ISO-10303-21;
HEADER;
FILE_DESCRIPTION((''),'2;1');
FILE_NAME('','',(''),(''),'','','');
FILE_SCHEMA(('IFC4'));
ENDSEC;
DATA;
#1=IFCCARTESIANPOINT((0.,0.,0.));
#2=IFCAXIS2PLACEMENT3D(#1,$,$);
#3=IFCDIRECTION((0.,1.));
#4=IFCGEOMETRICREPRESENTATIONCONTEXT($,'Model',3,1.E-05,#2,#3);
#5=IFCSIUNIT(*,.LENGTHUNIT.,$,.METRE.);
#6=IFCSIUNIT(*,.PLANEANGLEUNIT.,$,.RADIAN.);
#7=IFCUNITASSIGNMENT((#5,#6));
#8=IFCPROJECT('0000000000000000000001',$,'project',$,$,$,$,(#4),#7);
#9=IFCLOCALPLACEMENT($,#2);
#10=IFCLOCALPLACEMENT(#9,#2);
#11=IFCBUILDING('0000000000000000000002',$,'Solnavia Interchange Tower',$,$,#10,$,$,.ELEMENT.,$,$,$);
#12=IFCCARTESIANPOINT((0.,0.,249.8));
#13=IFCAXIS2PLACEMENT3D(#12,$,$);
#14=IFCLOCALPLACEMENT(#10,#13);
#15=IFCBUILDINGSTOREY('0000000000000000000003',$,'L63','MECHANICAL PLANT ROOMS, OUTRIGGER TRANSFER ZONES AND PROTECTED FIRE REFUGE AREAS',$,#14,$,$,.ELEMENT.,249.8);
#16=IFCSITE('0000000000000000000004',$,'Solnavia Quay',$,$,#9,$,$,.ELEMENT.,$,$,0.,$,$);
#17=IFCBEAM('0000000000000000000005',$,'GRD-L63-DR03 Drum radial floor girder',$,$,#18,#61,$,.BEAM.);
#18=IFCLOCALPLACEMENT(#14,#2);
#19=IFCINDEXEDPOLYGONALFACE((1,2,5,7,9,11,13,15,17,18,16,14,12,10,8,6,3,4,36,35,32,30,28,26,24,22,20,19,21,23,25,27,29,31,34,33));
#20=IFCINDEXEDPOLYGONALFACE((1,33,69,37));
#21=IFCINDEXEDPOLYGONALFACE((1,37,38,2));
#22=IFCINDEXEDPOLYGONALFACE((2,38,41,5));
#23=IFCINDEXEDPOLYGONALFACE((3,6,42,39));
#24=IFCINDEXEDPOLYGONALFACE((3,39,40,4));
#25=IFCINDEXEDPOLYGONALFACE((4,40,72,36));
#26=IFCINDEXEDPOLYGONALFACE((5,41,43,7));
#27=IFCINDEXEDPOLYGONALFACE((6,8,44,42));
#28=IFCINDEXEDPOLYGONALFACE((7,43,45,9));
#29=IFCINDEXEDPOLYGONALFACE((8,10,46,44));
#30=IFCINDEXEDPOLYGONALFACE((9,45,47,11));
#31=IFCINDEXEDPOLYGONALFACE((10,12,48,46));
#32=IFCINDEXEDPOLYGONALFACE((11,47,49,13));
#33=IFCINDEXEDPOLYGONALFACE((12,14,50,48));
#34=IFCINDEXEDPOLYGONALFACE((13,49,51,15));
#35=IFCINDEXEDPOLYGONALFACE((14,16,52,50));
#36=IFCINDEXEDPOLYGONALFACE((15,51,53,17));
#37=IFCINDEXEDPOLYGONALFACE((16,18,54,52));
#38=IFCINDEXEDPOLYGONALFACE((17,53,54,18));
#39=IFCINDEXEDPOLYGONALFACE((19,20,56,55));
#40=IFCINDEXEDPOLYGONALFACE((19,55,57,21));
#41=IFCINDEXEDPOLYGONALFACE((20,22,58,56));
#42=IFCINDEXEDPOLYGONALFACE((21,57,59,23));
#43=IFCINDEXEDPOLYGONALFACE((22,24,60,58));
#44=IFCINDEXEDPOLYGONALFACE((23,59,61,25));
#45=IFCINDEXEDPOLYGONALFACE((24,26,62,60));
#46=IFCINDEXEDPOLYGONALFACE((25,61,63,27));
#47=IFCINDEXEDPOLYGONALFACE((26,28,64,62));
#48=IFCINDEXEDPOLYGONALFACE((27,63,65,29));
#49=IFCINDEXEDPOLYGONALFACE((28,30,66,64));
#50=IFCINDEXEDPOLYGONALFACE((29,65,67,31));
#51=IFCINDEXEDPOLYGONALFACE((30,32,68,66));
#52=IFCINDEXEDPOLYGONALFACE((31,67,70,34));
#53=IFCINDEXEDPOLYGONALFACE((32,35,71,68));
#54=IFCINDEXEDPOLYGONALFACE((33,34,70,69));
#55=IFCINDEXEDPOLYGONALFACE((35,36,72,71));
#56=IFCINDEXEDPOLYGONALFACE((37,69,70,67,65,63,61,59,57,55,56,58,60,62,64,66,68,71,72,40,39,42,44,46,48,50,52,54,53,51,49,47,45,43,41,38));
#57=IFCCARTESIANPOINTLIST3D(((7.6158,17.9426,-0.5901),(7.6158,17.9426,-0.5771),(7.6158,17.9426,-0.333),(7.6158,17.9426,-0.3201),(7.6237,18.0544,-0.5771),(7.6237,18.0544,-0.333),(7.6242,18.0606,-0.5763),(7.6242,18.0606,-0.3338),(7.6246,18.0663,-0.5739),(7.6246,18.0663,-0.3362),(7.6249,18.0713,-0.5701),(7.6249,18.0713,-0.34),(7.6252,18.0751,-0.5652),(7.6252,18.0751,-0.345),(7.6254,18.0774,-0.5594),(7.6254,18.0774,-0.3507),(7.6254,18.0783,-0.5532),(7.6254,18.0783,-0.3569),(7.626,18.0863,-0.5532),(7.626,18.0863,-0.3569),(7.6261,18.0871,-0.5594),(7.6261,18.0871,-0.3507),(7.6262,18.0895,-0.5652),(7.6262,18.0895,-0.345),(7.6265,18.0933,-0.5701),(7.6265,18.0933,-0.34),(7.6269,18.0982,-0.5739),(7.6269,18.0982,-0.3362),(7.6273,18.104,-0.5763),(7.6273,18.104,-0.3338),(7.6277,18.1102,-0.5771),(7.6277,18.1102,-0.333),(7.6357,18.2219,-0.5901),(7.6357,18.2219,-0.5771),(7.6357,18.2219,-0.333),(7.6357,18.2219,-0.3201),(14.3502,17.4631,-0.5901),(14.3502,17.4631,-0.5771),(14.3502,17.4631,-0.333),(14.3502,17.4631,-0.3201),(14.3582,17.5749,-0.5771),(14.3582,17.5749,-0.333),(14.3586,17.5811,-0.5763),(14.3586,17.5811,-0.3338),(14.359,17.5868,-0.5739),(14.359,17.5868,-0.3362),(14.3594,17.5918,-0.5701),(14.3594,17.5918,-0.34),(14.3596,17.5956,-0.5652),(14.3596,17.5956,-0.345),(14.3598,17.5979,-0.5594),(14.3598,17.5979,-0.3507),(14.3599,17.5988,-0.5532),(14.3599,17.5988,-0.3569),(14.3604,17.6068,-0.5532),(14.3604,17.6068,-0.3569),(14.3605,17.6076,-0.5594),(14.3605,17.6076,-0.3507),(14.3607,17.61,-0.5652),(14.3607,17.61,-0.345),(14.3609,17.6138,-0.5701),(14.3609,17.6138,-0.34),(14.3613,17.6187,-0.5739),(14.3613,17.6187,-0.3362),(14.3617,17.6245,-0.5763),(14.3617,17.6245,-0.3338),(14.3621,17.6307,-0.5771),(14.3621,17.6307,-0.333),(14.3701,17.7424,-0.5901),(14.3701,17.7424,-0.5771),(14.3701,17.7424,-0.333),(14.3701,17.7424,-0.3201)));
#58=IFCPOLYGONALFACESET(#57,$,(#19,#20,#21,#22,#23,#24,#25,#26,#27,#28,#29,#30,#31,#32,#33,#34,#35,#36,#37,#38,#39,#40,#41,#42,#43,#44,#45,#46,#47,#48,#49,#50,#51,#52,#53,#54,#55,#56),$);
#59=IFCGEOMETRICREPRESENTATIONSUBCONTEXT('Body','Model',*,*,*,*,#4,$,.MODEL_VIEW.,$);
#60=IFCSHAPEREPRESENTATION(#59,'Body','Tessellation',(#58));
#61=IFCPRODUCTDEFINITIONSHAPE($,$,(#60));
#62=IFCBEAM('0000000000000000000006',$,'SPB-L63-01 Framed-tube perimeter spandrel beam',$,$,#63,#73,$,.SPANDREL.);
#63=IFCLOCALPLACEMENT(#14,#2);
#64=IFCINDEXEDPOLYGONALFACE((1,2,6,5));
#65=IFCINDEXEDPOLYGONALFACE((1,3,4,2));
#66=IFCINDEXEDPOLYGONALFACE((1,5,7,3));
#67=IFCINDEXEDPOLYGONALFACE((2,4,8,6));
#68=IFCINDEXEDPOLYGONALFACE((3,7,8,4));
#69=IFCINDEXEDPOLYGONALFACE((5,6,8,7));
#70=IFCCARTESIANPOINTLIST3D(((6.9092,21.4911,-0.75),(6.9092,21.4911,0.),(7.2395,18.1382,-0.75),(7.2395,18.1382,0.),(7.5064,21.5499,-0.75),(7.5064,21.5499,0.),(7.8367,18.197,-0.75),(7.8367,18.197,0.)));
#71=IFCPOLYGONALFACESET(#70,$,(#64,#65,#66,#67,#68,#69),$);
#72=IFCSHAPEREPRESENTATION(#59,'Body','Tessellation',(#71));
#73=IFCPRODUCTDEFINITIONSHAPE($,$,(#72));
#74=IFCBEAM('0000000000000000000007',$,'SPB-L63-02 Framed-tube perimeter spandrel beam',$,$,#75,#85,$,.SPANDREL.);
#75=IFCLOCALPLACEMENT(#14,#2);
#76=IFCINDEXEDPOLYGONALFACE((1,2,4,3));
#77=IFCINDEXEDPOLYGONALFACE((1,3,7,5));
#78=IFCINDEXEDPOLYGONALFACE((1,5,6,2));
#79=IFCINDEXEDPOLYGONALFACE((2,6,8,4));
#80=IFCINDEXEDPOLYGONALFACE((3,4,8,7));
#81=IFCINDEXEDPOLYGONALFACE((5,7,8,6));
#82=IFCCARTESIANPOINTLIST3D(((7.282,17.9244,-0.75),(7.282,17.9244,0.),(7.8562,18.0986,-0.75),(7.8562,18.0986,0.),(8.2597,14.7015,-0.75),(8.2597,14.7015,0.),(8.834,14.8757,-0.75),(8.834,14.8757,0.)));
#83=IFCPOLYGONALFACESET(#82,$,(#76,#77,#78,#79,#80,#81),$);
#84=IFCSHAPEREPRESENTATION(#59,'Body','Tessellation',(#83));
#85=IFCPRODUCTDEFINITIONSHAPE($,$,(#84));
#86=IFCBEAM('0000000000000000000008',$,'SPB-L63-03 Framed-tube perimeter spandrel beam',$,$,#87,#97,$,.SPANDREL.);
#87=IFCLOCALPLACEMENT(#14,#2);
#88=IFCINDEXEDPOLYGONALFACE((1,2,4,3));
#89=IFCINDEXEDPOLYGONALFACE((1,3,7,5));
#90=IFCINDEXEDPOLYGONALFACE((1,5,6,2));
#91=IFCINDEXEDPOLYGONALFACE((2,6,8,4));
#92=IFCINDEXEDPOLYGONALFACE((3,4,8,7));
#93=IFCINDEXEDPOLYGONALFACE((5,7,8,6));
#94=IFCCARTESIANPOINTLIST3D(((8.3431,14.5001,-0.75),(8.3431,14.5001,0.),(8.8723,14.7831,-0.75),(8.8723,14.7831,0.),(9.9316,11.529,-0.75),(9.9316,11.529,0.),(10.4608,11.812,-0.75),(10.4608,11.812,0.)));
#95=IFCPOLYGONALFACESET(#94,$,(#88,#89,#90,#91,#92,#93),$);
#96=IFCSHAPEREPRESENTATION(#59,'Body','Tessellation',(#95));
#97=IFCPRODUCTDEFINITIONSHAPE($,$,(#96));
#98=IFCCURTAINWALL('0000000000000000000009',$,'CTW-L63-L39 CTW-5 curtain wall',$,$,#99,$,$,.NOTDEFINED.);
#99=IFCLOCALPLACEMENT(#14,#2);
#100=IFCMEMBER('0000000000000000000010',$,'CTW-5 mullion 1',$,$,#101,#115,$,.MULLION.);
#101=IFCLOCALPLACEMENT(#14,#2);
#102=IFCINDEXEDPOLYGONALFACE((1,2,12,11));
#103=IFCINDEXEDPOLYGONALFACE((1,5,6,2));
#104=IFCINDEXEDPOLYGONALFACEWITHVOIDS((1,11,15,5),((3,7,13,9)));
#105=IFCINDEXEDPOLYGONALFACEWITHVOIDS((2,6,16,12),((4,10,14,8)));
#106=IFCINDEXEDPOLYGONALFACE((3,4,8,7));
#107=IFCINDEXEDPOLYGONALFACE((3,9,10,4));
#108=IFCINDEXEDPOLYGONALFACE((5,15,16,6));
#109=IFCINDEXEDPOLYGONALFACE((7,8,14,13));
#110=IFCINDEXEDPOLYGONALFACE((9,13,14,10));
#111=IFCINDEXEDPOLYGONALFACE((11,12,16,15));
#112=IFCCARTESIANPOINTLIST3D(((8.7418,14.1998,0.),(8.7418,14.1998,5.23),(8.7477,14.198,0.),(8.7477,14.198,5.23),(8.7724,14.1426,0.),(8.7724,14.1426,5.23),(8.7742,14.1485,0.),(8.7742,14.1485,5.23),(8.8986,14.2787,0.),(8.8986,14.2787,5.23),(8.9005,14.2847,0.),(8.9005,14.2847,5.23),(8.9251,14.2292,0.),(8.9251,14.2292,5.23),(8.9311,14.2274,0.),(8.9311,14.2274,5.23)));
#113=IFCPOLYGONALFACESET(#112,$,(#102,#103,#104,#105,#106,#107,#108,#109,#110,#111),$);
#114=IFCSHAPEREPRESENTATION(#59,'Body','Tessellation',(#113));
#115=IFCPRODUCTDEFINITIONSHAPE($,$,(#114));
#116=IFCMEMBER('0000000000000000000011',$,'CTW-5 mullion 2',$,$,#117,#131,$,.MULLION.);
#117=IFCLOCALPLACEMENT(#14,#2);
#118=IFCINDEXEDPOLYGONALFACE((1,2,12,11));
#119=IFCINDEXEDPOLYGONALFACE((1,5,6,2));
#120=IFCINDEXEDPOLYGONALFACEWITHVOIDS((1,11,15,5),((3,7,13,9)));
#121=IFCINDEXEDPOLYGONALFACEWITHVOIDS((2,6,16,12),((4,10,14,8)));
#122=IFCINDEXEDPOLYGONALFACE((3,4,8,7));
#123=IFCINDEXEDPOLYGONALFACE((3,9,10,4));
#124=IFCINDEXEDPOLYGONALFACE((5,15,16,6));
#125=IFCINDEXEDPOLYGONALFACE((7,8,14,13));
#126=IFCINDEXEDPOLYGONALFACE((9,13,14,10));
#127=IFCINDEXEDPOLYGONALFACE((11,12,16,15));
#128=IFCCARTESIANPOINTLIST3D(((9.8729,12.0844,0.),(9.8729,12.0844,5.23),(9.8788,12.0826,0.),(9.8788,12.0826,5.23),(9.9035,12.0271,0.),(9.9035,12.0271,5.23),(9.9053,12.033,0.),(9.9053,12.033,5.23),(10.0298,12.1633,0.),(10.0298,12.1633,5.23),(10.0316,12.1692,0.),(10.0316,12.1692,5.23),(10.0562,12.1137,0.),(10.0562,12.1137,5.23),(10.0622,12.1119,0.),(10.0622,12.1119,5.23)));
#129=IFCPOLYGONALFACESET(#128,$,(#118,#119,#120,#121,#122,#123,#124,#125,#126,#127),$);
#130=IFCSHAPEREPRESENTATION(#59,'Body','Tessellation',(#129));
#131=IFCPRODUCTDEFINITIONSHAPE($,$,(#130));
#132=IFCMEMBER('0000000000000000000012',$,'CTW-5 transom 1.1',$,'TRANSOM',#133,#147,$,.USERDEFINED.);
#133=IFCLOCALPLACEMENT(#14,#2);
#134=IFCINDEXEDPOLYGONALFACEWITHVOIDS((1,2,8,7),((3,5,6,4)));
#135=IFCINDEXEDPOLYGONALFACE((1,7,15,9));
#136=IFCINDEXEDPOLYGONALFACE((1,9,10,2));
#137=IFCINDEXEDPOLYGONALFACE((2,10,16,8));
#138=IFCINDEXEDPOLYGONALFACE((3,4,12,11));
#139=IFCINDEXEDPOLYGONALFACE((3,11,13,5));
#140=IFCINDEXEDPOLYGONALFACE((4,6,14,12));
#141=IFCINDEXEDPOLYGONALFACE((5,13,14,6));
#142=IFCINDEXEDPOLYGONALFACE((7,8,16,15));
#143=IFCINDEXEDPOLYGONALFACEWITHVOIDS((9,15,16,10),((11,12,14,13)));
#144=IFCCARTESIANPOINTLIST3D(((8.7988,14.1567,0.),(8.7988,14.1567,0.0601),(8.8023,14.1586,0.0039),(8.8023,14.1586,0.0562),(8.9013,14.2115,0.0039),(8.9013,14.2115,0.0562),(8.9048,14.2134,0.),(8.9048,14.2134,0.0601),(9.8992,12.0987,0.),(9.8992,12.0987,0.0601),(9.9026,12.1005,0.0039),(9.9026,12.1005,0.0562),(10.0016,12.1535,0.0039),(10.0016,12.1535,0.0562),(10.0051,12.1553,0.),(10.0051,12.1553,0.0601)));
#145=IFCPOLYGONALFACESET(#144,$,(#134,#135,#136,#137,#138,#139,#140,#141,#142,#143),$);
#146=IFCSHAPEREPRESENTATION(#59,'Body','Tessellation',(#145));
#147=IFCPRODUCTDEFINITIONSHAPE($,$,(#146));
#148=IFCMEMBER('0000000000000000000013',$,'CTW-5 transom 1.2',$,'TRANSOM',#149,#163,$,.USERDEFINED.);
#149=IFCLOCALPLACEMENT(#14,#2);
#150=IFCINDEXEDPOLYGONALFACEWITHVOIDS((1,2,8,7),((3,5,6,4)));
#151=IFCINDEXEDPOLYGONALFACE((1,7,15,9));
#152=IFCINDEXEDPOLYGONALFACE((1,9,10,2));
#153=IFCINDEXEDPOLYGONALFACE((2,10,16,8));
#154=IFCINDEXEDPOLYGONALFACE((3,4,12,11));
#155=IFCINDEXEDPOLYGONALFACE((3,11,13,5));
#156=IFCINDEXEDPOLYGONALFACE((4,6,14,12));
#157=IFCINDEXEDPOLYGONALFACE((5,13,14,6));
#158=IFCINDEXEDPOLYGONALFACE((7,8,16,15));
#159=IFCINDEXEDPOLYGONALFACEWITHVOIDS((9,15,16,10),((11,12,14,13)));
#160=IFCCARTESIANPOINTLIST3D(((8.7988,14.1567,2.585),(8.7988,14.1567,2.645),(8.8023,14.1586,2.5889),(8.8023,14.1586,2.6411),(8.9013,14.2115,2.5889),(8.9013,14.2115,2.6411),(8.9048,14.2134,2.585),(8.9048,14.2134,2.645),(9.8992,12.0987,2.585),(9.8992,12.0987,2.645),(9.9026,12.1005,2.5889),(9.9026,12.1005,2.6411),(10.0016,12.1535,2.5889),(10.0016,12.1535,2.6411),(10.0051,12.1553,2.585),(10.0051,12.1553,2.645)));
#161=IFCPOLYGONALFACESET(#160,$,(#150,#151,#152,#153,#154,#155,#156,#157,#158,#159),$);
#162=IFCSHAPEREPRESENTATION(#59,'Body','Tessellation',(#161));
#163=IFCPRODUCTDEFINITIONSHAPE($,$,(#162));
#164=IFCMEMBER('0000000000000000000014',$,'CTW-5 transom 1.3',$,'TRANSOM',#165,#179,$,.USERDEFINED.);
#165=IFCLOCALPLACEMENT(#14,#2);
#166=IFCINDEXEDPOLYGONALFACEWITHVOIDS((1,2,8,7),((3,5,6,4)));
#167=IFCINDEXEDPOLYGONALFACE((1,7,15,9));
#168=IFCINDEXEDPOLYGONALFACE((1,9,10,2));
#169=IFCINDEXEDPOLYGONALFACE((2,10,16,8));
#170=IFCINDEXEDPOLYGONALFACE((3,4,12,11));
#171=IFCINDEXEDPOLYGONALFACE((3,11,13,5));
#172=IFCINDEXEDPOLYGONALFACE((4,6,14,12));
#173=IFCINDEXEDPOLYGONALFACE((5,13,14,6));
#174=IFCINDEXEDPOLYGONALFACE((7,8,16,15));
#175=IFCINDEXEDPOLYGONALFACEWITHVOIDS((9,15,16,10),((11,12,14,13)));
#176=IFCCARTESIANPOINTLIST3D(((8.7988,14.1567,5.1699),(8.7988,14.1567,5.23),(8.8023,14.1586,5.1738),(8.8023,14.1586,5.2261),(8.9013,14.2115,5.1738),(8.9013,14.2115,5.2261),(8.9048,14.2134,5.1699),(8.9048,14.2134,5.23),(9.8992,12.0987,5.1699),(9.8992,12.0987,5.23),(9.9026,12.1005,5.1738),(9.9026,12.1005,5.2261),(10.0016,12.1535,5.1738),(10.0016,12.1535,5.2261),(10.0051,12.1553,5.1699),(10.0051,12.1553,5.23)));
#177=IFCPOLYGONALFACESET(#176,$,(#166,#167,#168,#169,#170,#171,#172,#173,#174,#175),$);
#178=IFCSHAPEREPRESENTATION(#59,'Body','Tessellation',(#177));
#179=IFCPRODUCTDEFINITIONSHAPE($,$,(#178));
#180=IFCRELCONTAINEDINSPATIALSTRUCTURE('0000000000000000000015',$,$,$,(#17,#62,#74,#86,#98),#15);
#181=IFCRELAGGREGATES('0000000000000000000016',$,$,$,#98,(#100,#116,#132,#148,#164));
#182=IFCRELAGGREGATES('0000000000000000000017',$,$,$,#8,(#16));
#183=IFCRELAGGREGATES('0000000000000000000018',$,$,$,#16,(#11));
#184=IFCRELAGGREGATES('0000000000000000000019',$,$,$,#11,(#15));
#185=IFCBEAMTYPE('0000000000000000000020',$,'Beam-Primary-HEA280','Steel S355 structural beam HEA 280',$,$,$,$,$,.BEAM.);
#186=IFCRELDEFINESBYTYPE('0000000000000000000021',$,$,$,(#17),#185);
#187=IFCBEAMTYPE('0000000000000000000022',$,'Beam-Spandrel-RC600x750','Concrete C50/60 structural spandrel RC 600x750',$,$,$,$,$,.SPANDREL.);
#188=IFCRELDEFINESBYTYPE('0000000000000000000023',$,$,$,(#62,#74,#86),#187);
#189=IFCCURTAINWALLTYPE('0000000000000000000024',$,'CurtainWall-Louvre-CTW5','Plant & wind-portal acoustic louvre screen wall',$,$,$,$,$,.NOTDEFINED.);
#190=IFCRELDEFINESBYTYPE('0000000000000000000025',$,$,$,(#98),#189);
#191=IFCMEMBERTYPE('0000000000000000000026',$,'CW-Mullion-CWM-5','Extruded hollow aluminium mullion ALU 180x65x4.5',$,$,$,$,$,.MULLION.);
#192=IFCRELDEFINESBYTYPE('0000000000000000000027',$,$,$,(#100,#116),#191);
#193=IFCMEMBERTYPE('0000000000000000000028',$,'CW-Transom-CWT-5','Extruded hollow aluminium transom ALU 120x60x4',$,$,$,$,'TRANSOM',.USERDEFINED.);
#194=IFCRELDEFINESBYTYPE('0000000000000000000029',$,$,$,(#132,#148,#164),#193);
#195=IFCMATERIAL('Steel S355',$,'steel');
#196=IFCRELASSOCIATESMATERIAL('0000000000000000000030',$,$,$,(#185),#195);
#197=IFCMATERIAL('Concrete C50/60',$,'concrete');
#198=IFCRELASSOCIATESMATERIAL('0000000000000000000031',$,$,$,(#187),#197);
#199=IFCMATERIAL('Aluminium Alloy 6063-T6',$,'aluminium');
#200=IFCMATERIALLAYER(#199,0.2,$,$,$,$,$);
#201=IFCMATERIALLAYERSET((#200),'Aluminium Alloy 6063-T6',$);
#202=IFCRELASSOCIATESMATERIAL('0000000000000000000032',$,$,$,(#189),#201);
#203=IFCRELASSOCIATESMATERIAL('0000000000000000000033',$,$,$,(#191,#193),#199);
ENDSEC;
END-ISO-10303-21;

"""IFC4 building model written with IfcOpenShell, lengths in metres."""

from ifc_helpers import new_model, si_unit, direction, frame, origin, origin_2d, place, context, subcontext, project, spatial, rectangle, hollow_rectangle, i_section, extrude, material, layer, layer_set, material_profile, profile_set, type_object, element, aggregate, save


model = new_model("IFC4")

# Units and contexts
model_context = context("Model", 3, precision=1e-05, world=origin(), true_north=direction((0.0, 1.0)))
body_context = subcontext(model_context, "Body", "Model", "MODEL_VIEW")
ifc_project = project(units=[si_unit("LENGTHUNIT", "METRE"), si_unit("PLANEANGLEUNIT", "RADIAN")], contexts=[model_context])

# Site, building, storey
site_placement = place(None, origin())
site = spatial("IfcSite", under=ifc_project, at=site_placement, Name="Solnavia Quay", CompositionType="ELEMENT", RefElevation=0.0)
building_placement = place(site_placement, origin())
building = spatial("IfcBuilding", under=site, at=building_placement, Name="Solnavia Interchange Tower", CompositionType="ELEMENT")
storey_placement = place(building_placement, frame((0.0, 0.0, 249.8)))
storey = spatial("IfcBuildingStorey", under=building, at=storey_placement, Name="L63", Description="MECHANICAL PLANT ROOMS, OUTRIGGER TRANSFER ZONES AND PROTECTED FIRE REFUGE AREAS", CompositionType="ELEMENT", Elevation=249.8)

# Shared definitions
ifc_material_1 = material(Name="Concrete C50/60", Category="concrete")

# Beams
ifc_material_2 = material(Name="Steel S355", Category="steel")
ifc_material_profile_1 = material_profile(ifc_material_2, i_section(OverallWidth=0.28, OverallDepth=0.27, WebThickness=0.0081, FlangeThickness=0.0129, FilletRadius=0.0239, at=origin_2d()), Name="HEA 280")
ifc_profile_set_1 = profile_set([ifc_material_profile_1], Name="Steel S355")
beam_type_1 = type_object("IfcBeamType", Name="Beam-Primary-HEA280", Description="Steel S355 structural beam HEA 280", PredefinedType="BEAM", material=ifc_profile_set_1)
beam_1_placement = place(storey_placement, frame((7.6257, 18.0823, -0.4551), z_axis=(0.997475, -0.071021, 0.0), x_axis=(0.071021, 0.997475, 0.0)))
element("IfcBeam", 1, at=beam_1_placement, inside=storey, type_object=beam_type_1, Name="GRD-L63-DR03 Drum radial floor girder", PredefinedType="BEAM", context=body_context, shape_type="SweptSolid", body=[
    extrude(i_section(OverallWidth=0.28, OverallDepth=0.27, WebThickness=0.0081, FlangeThickness=0.0129, FilletRadius=0.0239, at=origin_2d()), origin(), (0.0, 0.0, 1.0), 6.7515),
])
ifc_material_profile_2 = material_profile(ifc_material_1, rectangle(XDim=0.6001, YDim=0.75, at=origin_2d()), Name="RC 600x750")
ifc_profile_set_2 = profile_set([ifc_material_profile_2], Name="Concrete C50/60")
beam_type_2 = type_object("IfcBeamType", Name="Beam-Spandrel-RC600x750", Description="Concrete C50/60 structural spandrel RC 600x750", PredefinedType="SPANDREL", material=ifc_profile_set_2)
beam_2_placement = place(storey_placement, frame((7.2078, 21.5205, -0.375), z_axis=(0.09804, -0.995182, 0.0), x_axis=(0.995182, 0.09804, 0.0)))
element("IfcBeam", 2, at=beam_2_placement, inside=storey, type_object=beam_type_2, Name="SPB-L63-01 Framed-tube perimeter spandrel beam", PredefinedType="SPANDREL", context=body_context, shape_type="SweptSolid", body=[
    extrude(rectangle(XDim=0.6001, YDim=0.75, at=origin_2d()), origin(), (0.0, 0.0, 1.0), 3.3691),
])
beam_3_placement = place(storey_placement, frame((7.5691, 18.0115, -0.375), z_axis=(0.290319, -0.95693, 0.0), x_axis=(0.95693, 0.290319, 0.0)))
element("IfcBeam", 3, at=beam_3_placement, inside=storey, type_object=beam_type_2, Name="SPB-L63-02 Framed-tube perimeter spandrel beam", PredefinedType="SPANDREL", context=body_context, shape_type="SweptSolid", body=[
    extrude(rectangle(XDim=0.6001, YDim=0.75, at=origin_2d()), origin(), (0.0, 0.0, 1.0), 3.3679),
])
beam_4_placement = place(storey_placement, frame((8.6077, 14.6416, -0.375), z_axis=(0.471509, -0.881861, 0.0), x_axis=(0.881861, 0.471509, 0.0)))
element("IfcBeam", 4, at=beam_4_placement, inside=storey, type_object=beam_type_2, Name="SPB-L63-03 Framed-tube perimeter spandrel beam", PredefinedType="SPANDREL", context=body_context, shape_type="SweptSolid", body=[
    extrude(rectangle(XDim=0.6001, YDim=0.75, at=origin_2d()), origin(), (0.0, 0.0, 1.0), 3.3691),
])

# Curtain wall, members
ifc_material_3 = material(Name="Aluminium Alloy 6063-T6", Category="aluminium")
ifc_layer_1 = layer(ifc_material_3, 0.2)
ifc_layer_set_1 = layer_set([ifc_layer_1], Name="Aluminium Alloy 6063-T6")
curtain_wall_type = type_object("IfcCurtainWallType", Name="CurtainWall-Louvre-CTW5", Description="Plant & wind-portal acoustic louvre screen wall", PredefinedType="NOTDEFINED", material=ifc_layer_set_1)
curtain_wall_placement = place(storey_placement, origin())
curtain_wall = element("IfcCurtainWall", 5, at=curtain_wall_placement, inside=storey, type_object=curtain_wall_type, Name="CTW-L63-L39 CTW-5 curtain wall", PredefinedType="NOTDEFINED")
ifc_material_profile_3 = material_profile(ifc_material_3, hollow_rectangle(XDim=0.0649, YDim=0.1799, WallThickness=0.0044, at=origin_2d()), Name="ALU 180x65x4.5")
ifc_profile_set_3 = profile_set([ifc_material_profile_3], Name="Aluminium Alloy 6063-T6")
member_type_1 = type_object("IfcMemberType", Name="CW-Mullion-CWM-5", Description="Extruded hollow aluminium mullion ALU 180x65x4.5", PredefinedType="MULLION", material=ifc_profile_set_3)
member_1_placement = place(storey_placement, frame((8.8364, 14.2136, 0.0), z_axis=(0.0, 0.0, 1.0), x_axis=(0.471527, -0.881851, 0.0)))
member_1 = element("IfcMember", 6, at=member_1_placement, type_object=member_type_1, Name="CTW-5 mullion 1", PredefinedType="MULLION", context=body_context, shape_type="SweptSolid", body=[
    extrude(hollow_rectangle(XDim=0.0649, YDim=0.1799, WallThickness=0.0044, at=origin_2d()), origin(), (0.0, 0.0, 1.0), 5.23),
])
member_2_placement = place(storey_placement, frame((9.9675, 12.0981, 0.0), z_axis=(0.0, 0.0, 1.0), x_axis=(0.471527, -0.881851, 0.0)))
member_2 = element("IfcMember", 7, at=member_2_placement, type_object=member_type_1, Name="CTW-5 mullion 2", PredefinedType="MULLION", context=body_context, shape_type="SweptSolid", body=[
    extrude(hollow_rectangle(XDim=0.0649, YDim=0.1799, WallThickness=0.0044, at=origin_2d()), origin(), (0.0, 0.0, 1.0), 5.23),
])
ifc_material_profile_4 = material_profile(ifc_material_3, hollow_rectangle(XDim=0.0601, YDim=0.1201, WallThickness=0.0039, at=origin_2d()), Name="ALU 120x60x4")
ifc_profile_set_4 = profile_set([ifc_material_profile_4], Name="Aluminium Alloy 6063-T6")
member_type_2 = type_object("IfcMemberType", Name="CW-Transom-CWT-5", Description="Extruded hollow aluminium transom ALU 120x60x4", ElementType="TRANSOM", PredefinedType="USERDEFINED", material=ifc_profile_set_4)
member_3_placement = place(storey_placement, frame((8.8518, 14.1851, 0.03), z_axis=(0.471484, -0.881875, 0.0), x_axis=(0.0, 0.0, 1.0)))
member_3 = element("IfcMember", 8, at=member_3_placement, type_object=member_type_2, Name="CTW-5 transom 1.1", ObjectType="TRANSOM", PredefinedType="USERDEFINED", context=body_context, shape_type="SweptSolid", body=[
    extrude(hollow_rectangle(XDim=0.0601, YDim=0.1201, WallThickness=0.0039, at=origin_2d()), origin(), (0.0, 0.0, 1.0), 2.3337),
])
member_4_placement = place(storey_placement, frame((8.8518, 14.1851, 2.615), z_axis=(0.471484, -0.881875, 0.0), x_axis=(0.0, 0.0, 1.0)))
member_4 = element("IfcMember", 9, at=member_4_placement, type_object=member_type_2, Name="CTW-5 transom 1.2", ObjectType="TRANSOM", PredefinedType="USERDEFINED", context=body_context, shape_type="SweptSolid", body=[
    extrude(hollow_rectangle(XDim=0.0601, YDim=0.1201, WallThickness=0.0039, at=origin_2d()), origin(), (0.0, 0.0, 1.0), 2.3337),
])
member_5_placement = place(storey_placement, frame((8.8518, 14.1851, 5.2), z_axis=(0.471484, -0.881875, 0.0), x_axis=(0.0, 0.0, 1.0)))
member_5 = element("IfcMember", 10, at=member_5_placement, type_object=member_type_2, Name="CTW-5 transom 1.3", ObjectType="TRANSOM", PredefinedType="USERDEFINED", context=body_context, shape_type="SweptSolid", body=[
    extrude(hollow_rectangle(XDim=0.0601, YDim=0.1201, WallThickness=0.0039, at=origin_2d()), origin(), (0.0, 0.0, 1.0), 2.3337),
])
aggregate(curtain_wall, [member_1, member_2, member_3, member_4, member_5])

save(model, "model.ifc")
